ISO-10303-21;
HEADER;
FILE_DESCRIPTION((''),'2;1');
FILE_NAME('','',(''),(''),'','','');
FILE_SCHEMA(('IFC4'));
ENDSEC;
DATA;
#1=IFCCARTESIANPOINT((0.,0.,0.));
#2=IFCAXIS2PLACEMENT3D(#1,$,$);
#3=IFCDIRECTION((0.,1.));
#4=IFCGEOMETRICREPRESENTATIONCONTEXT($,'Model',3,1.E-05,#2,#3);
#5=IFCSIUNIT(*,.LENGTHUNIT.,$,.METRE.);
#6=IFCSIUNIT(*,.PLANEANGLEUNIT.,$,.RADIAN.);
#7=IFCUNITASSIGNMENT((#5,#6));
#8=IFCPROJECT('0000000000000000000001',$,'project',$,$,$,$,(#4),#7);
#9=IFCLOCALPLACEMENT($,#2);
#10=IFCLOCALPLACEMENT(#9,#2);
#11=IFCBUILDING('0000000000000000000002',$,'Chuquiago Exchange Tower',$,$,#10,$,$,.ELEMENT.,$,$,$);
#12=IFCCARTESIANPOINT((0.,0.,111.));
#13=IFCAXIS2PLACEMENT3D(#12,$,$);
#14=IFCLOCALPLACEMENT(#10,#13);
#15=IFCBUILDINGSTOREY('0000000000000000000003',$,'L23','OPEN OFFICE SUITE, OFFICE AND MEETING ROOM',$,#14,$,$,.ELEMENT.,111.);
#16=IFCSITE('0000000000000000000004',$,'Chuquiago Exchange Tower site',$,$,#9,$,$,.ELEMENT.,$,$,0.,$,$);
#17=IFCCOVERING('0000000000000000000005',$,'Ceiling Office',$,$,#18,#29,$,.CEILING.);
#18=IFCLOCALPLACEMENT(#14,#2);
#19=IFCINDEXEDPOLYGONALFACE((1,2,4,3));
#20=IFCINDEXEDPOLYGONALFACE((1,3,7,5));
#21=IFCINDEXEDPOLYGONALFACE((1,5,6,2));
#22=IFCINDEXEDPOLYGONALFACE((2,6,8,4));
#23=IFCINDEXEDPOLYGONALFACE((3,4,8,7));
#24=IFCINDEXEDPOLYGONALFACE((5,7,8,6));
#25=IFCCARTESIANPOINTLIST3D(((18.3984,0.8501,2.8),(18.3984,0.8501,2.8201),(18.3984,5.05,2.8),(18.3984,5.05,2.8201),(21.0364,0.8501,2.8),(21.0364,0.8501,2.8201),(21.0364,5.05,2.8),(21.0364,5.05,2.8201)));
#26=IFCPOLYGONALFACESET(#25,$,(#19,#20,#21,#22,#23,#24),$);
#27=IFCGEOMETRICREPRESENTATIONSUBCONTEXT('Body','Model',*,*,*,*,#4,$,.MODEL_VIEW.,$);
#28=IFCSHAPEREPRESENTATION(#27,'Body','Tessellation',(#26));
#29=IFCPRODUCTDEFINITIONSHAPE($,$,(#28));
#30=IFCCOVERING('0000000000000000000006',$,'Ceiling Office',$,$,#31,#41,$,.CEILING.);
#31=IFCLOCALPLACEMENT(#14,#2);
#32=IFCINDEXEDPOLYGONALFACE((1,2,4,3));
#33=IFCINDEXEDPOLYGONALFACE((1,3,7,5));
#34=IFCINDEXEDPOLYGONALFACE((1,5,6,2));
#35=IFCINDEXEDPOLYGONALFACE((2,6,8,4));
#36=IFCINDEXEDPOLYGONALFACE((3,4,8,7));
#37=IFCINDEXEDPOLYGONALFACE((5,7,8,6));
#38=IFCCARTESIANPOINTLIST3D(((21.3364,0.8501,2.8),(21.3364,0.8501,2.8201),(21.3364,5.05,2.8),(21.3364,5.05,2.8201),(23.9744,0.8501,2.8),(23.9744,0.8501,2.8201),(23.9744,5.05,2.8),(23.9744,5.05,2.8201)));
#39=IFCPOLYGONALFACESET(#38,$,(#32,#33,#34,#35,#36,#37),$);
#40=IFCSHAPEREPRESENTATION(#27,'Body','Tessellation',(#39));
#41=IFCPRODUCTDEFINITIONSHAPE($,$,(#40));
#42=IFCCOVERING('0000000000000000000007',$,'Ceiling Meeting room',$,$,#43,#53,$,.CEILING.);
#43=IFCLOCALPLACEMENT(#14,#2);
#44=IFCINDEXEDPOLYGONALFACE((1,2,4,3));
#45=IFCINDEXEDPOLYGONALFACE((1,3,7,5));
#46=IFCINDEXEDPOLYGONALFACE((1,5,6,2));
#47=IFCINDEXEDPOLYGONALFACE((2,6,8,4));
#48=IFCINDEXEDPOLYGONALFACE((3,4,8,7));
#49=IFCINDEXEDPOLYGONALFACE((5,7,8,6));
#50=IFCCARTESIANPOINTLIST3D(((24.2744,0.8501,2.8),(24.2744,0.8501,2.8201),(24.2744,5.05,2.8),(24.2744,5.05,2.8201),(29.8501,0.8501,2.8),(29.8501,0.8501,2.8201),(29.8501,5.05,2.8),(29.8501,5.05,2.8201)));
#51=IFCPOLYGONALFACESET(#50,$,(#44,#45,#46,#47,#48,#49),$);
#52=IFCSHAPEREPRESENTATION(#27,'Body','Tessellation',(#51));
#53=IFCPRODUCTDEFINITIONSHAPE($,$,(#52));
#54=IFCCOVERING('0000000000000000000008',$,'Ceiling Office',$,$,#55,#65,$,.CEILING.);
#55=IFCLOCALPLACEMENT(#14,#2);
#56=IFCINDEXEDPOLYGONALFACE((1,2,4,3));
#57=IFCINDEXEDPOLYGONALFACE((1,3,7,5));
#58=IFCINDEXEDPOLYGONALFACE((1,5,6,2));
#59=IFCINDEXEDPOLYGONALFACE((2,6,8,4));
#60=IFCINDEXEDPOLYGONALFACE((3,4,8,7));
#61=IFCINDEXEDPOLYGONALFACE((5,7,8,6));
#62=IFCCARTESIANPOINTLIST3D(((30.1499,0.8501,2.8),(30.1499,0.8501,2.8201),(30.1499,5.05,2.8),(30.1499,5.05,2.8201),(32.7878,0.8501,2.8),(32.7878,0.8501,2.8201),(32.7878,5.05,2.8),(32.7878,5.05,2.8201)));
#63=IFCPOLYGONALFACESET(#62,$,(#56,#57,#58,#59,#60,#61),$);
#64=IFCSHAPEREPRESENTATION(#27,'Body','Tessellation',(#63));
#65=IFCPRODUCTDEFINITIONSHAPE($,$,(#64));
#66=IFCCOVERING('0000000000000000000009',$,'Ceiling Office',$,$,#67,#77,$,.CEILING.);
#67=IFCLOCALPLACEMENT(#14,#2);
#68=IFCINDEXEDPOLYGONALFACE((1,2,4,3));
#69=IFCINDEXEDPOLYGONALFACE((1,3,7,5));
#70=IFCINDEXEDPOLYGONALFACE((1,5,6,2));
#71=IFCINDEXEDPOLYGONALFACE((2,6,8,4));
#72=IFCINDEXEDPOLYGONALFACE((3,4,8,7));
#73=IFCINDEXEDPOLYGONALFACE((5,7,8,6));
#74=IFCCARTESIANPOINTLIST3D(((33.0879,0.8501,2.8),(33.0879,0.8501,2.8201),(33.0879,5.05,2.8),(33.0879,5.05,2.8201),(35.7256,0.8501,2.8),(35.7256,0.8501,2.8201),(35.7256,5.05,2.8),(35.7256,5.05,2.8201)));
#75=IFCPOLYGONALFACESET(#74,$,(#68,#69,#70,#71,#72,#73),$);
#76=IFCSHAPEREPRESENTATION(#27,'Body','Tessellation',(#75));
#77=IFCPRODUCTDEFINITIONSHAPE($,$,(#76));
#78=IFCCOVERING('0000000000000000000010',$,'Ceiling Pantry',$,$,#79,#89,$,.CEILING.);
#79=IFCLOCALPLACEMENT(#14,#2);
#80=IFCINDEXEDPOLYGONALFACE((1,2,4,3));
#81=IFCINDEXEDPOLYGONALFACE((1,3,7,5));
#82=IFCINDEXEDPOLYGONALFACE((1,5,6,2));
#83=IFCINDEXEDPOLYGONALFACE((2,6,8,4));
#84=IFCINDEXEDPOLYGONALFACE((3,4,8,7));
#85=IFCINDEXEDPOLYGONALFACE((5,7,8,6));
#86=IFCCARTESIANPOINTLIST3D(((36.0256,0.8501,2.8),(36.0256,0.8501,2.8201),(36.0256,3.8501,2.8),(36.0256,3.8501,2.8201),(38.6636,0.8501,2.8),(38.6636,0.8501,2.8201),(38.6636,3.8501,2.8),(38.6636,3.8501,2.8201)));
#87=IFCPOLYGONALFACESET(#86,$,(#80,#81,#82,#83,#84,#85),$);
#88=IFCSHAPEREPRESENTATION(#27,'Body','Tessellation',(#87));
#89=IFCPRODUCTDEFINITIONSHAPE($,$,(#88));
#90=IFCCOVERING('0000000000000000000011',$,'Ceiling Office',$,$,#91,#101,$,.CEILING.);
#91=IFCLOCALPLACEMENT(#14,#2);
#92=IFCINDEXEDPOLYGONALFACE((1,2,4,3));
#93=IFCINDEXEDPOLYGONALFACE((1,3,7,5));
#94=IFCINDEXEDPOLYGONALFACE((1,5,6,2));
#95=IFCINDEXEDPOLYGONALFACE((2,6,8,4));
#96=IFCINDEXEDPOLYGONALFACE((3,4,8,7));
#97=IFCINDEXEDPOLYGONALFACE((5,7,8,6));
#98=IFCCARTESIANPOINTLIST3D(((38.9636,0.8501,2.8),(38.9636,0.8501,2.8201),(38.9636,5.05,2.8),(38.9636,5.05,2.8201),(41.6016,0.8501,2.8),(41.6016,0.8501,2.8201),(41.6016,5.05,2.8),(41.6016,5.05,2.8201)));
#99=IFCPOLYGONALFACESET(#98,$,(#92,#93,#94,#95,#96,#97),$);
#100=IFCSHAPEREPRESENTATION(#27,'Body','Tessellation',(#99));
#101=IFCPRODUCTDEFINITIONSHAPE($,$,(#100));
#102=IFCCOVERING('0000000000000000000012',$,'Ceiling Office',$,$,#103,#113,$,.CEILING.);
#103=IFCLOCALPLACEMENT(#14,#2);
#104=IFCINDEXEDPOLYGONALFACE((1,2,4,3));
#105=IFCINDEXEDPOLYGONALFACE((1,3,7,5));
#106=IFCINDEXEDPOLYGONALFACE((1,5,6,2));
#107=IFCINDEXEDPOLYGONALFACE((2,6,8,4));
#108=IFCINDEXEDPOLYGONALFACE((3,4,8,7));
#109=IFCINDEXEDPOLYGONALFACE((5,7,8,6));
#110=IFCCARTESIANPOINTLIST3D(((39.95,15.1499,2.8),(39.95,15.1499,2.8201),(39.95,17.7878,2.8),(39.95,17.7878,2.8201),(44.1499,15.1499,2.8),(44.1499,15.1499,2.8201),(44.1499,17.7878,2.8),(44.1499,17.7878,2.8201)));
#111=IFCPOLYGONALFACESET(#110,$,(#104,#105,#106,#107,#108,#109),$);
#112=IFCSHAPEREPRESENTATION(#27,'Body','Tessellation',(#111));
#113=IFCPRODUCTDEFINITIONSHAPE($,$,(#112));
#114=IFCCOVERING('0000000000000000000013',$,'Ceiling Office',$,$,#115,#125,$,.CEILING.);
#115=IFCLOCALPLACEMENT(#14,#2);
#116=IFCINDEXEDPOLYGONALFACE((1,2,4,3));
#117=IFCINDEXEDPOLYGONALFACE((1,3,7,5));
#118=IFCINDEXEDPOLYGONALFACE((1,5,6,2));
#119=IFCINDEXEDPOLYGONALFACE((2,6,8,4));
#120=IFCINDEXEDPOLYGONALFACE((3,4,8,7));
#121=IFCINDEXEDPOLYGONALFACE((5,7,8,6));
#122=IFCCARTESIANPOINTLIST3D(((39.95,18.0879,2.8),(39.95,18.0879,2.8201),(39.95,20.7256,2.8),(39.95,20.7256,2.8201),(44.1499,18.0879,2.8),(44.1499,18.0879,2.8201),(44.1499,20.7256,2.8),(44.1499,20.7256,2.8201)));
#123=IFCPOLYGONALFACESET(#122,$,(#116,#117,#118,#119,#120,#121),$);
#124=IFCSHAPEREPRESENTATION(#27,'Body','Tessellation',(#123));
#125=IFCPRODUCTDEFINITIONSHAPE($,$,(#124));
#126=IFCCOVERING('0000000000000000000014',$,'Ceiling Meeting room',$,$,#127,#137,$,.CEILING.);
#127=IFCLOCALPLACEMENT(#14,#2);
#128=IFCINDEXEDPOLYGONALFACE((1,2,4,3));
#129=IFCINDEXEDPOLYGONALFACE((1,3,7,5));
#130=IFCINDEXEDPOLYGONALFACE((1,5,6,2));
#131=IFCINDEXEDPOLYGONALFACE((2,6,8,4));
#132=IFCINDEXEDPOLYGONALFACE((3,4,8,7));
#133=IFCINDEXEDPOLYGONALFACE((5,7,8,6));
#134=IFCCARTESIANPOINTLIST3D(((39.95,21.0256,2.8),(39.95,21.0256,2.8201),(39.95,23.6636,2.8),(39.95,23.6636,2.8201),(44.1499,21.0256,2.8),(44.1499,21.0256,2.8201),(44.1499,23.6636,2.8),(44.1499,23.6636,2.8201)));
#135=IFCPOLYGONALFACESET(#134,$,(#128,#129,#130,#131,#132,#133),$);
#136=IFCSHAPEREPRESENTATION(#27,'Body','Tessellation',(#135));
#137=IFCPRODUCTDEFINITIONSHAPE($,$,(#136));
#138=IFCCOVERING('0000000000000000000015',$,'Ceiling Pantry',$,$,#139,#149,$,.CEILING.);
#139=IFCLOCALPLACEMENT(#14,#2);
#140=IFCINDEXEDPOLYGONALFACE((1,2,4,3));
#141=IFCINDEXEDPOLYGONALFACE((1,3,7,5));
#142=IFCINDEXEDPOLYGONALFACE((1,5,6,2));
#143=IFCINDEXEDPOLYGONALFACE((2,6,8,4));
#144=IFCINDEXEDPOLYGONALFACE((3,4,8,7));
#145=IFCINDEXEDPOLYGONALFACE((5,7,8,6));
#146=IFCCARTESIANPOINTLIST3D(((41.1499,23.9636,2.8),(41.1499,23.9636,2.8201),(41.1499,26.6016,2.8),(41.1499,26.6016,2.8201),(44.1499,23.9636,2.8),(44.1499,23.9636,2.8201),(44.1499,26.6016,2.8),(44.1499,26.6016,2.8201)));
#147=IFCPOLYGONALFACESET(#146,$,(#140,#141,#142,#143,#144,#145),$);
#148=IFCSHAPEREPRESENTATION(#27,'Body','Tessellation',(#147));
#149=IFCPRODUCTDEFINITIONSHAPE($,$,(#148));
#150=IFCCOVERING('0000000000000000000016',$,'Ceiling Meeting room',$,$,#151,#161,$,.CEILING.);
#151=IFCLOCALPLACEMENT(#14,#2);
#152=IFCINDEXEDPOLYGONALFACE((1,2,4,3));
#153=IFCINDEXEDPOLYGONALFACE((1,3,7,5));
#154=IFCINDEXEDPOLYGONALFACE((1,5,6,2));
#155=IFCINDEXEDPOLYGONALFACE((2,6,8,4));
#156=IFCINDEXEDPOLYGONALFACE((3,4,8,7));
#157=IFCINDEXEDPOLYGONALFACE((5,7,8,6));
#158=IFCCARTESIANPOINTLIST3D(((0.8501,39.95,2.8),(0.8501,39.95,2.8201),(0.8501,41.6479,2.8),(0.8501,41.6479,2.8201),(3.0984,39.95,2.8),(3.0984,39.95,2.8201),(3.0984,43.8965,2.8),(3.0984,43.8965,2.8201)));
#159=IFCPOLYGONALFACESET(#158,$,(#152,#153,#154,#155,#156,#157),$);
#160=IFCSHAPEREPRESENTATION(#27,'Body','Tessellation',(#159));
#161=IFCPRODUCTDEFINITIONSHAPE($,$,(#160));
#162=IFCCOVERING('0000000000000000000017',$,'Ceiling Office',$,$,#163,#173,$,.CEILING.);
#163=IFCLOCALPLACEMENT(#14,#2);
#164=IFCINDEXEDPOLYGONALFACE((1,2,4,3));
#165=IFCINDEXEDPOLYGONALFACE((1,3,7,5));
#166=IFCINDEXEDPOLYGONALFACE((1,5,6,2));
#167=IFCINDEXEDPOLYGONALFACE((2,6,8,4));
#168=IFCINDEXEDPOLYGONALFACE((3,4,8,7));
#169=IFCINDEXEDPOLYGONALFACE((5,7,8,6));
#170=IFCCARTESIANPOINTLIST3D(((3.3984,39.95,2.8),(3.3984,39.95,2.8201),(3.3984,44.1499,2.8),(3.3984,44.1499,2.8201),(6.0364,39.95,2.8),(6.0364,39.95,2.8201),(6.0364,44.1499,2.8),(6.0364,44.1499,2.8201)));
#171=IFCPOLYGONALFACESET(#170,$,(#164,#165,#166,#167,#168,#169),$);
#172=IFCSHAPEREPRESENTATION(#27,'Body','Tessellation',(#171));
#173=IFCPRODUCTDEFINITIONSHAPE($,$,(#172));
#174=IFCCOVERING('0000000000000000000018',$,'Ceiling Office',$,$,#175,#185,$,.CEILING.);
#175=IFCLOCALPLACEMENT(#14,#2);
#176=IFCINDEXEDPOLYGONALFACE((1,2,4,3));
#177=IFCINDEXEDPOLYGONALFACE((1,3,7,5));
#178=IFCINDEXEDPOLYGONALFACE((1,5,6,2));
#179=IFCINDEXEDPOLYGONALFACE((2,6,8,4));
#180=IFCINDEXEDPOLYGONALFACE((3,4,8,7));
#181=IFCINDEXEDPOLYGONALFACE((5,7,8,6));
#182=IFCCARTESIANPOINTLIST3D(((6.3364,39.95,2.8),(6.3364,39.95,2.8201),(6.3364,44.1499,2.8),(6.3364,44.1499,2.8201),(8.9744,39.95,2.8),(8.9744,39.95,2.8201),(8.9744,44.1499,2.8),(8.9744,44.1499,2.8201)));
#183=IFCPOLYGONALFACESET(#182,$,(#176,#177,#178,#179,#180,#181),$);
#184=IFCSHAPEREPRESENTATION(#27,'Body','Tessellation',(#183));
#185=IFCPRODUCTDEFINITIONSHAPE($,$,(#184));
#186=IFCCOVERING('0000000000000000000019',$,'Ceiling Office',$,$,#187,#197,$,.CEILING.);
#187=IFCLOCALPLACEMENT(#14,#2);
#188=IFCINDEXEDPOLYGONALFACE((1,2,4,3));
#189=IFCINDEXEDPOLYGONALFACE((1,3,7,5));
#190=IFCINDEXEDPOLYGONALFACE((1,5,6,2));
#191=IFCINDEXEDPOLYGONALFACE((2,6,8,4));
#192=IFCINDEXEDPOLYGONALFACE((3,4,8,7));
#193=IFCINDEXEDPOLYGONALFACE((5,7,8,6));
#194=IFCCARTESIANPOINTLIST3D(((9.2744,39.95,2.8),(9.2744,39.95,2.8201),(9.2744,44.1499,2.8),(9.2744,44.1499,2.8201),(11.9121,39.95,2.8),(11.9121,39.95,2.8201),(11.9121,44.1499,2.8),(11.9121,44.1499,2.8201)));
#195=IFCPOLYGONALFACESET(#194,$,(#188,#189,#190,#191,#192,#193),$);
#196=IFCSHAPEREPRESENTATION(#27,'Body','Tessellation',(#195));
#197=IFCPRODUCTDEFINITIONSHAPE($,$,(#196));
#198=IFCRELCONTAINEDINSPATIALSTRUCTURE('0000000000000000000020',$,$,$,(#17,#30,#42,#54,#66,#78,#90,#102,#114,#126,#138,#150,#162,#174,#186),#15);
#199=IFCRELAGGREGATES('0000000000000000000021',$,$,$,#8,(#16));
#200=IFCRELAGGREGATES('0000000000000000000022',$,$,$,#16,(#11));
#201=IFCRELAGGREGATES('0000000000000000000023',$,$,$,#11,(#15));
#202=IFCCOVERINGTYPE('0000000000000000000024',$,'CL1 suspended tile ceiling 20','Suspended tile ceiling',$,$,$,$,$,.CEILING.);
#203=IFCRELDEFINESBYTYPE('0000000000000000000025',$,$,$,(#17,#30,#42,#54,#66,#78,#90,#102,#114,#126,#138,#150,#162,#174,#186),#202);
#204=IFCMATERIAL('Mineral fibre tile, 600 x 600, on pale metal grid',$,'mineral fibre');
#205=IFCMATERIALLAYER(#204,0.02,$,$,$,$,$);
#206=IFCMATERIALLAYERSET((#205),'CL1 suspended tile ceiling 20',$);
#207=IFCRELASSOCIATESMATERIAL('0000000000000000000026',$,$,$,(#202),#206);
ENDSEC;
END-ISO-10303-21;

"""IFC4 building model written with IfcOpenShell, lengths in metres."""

from ifc_helpers import new_model, si_unit, direction, frame, origin, place, context, subcontext, project, spatial, polyline, outline, extrude, material, layer, layer_set, type_object, element, save


model = new_model("IFC4")

# Units and contexts
model_context = context("Model", 3, precision=1e-05, world=origin(), true_north=direction((0.0, 1.0)))
body_context = subcontext(model_context, "Body", "Model", "MODEL_VIEW")
ifc_project = project(units=[si_unit("LENGTHUNIT", "METRE"), si_unit("PLANEANGLEUNIT", "RADIAN")], contexts=[model_context])

# Site, building, storey
site_placement = place(None, origin())
site = spatial("IfcSite", under=ifc_project, at=site_placement, Name="Chuquiago Exchange Tower site", CompositionType="ELEMENT", RefElevation=0.0)
building_placement = place(site_placement, origin())
building = spatial("IfcBuilding", under=site, at=building_placement, Name="Chuquiago Exchange Tower", CompositionType="ELEMENT")
storey_placement = place(building_placement, frame((0.0, 0.0, 111.0)))
storey = spatial("IfcBuildingStorey", under=building, at=storey_placement, Name="L23", Description="OPEN OFFICE SUITE, OFFICE AND MEETING ROOM", CompositionType="ELEMENT", Elevation=111.0)

# Coverings
ifc_material_1 = material(Name="Mineral fibre tile, 600 x 600, on pale metal grid", Category="mineral fibre")
ifc_layer_1 = layer(ifc_material_1, 0.02)
ifc_layer_set_1 = layer_set([ifc_layer_1], Name="CL1 suspended tile ceiling 20")
covering_type_1 = type_object("IfcCoveringType", Name="CL1 suspended tile ceiling 20", Description="Suspended tile ceiling", PredefinedType="CEILING", material=ifc_layer_set_1)
covering_1_placement = place(storey_placement, frame((0.0, 0.0, 2.8)))
element("IfcCovering", 1, at=covering_1_placement, inside=storey, type_object=covering_type_1, Name="Ceiling Office", PredefinedType="CEILING", context=body_context, shape_type="SweptSolid", body=[
    extrude(outline(polyline([(18.3984, 5.05), (21.0364, 5.05), (21.0364, 0.8501), (18.3984, 0.8501), (18.3984, 5.05)])), origin(), (0.0, 0.0, 1.0), 0.02),
])
covering_2_placement = place(storey_placement, frame((0.0, 0.0, 2.8)))
element("IfcCovering", 2, at=covering_2_placement, inside=storey, type_object=covering_type_1, Name="Ceiling Office", PredefinedType="CEILING", context=body_context, shape_type="SweptSolid", body=[
    extrude(outline(polyline([(21.3364, 5.05), (23.9744, 5.05), (23.9744, 0.8501), (21.3364, 0.8501), (21.3364, 5.05)])), origin(), (0.0, 0.0, 1.0), 0.02),
])
covering_3_placement = place(storey_placement, frame((0.0, 0.0, 2.8)))
element("IfcCovering", 3, at=covering_3_placement, inside=storey, type_object=covering_type_1, Name="Ceiling Meeting room", PredefinedType="CEILING", context=body_context, shape_type="SweptSolid", body=[
    extrude(outline(polyline([(24.2744, 5.05), (29.8501, 5.05), (29.8501, 0.8501), (24.2744, 0.8501), (24.2744, 5.05)])), origin(), (0.0, 0.0, 1.0), 0.02),
])
covering_4_placement = place(storey_placement, frame((0.0, 0.0, 2.8)))
element("IfcCovering", 4, at=covering_4_placement, inside=storey, type_object=covering_type_1, Name="Ceiling Office", PredefinedType="CEILING", context=body_context, shape_type="SweptSolid", body=[
    extrude(outline(polyline([(30.1499, 5.05), (32.7878, 5.05), (32.7878, 0.8501), (30.1499, 0.8501), (30.1499, 5.05)])), origin(), (0.0, 0.0, 1.0), 0.02),
])
covering_5_placement = place(storey_placement, frame((0.0, 0.0, 2.8)))
element("IfcCovering", 5, at=covering_5_placement, inside=storey, type_object=covering_type_1, Name="Ceiling Office", PredefinedType="CEILING", context=body_context, shape_type="SweptSolid", body=[
    extrude(outline(polyline([(33.0879, 5.05), (35.7256, 5.05), (35.7256, 0.8501), (33.0879, 0.8501), (33.0879, 5.05)])), origin(), (0.0, 0.0, 1.0), 0.02),
])
covering_6_placement = place(storey_placement, frame((0.0, 0.0, 2.8)))
element("IfcCovering", 6, at=covering_6_placement, inside=storey, type_object=covering_type_1, Name="Ceiling Pantry", PredefinedType="CEILING", context=body_context, shape_type="SweptSolid", body=[
    extrude(outline(polyline([(36.0256, 3.8501), (38.6636, 3.8501), (38.6636, 0.8501), (36.0256, 0.8501), (36.0256, 3.8501)])), origin(), (0.0, 0.0, 1.0), 0.02),
])
covering_7_placement = place(storey_placement, frame((0.0, 0.0, 2.8)))
element("IfcCovering", 7, at=covering_7_placement, inside=storey, type_object=covering_type_1, Name="Ceiling Office", PredefinedType="CEILING", context=body_context, shape_type="SweptSolid", body=[
    extrude(outline(polyline([(38.9636, 0.8501), (38.9636, 5.05), (41.6016, 5.05), (41.6016, 0.8501), (38.9636, 0.8501)])), origin(), (0.0, 0.0, 1.0), 0.02),
])
covering_8_placement = place(storey_placement, frame((0.0, 0.0, 2.8)))
element("IfcCovering", 8, at=covering_8_placement, inside=storey, type_object=covering_type_1, Name="Ceiling Office", PredefinedType="CEILING", context=body_context, shape_type="SweptSolid", body=[
    extrude(outline(polyline([(39.95, 15.1499), (39.95, 17.7878), (44.1499, 17.7878), (44.1499, 15.1499), (39.95, 15.1499)])), origin(), (0.0, 0.0, 1.0), 0.02),
])
covering_9_placement = place(storey_placement, frame((0.0, 0.0, 2.8)))
element("IfcCovering", 9, at=covering_9_placement, inside=storey, type_object=covering_type_1, Name="Ceiling Office", PredefinedType="CEILING", context=body_context, shape_type="SweptSolid", body=[
    extrude(outline(polyline([(39.95, 18.0879), (39.95, 20.7256), (44.1499, 20.7256), (44.1499, 18.0879), (39.95, 18.0879)])), origin(), (0.0, 0.0, 1.0), 0.02),
])
covering_10_placement = place(storey_placement, frame((0.0, 0.0, 2.8)))
element("IfcCovering", 10, at=covering_10_placement, inside=storey, type_object=covering_type_1, Name="Ceiling Meeting room", PredefinedType="CEILING", context=body_context, shape_type="SweptSolid", body=[
    extrude(outline(polyline([(39.95, 21.0256), (39.95, 23.6636), (44.1499, 23.6636), (44.1499, 21.0256), (39.95, 21.0256)])), origin(), (0.0, 0.0, 1.0), 0.02),
])
covering_11_placement = place(storey_placement, frame((0.0, 0.0, 2.8)))
element("IfcCovering", 11, at=covering_11_placement, inside=storey, type_object=covering_type_1, Name="Ceiling Pantry", PredefinedType="CEILING", context=body_context, shape_type="SweptSolid", body=[
    extrude(outline(polyline([(44.1499, 23.9636), (41.1499, 23.9636), (41.1499, 26.6016), (44.1499, 26.6016), (44.1499, 23.9636)])), origin(), (0.0, 0.0, 1.0), 0.02),
])
covering_12_placement = place(storey_placement, frame((0.0, 0.0, 2.8)))
element("IfcCovering", 12, at=covering_12_placement, inside=storey, type_object=covering_type_1, Name="Ceiling Meeting room", PredefinedType="CEILING", context=body_context, shape_type="SweptSolid", body=[
    extrude(outline(polyline([(3.0984, 43.8965), (3.0984, 39.95), (0.8501, 39.95), (0.8501, 41.6479), (3.0984, 43.8965)])), origin(), (0.0, 0.0, 1.0), 0.02),
])
covering_13_placement = place(storey_placement, frame((0.0, 0.0, 2.8)))
element("IfcCovering", 13, at=covering_13_placement, inside=storey, type_object=covering_type_1, Name="Ceiling Office", PredefinedType="CEILING", context=body_context, shape_type="SweptSolid", body=[
    extrude(outline(polyline([(6.0364, 44.1499), (6.0364, 39.95), (3.3984, 39.95), (3.3984, 44.1499), (6.0364, 44.1499)])), origin(), (0.0, 0.0, 1.0), 0.02),
])
covering_14_placement = place(storey_placement, frame((0.0, 0.0, 2.8)))
element("IfcCovering", 14, at=covering_14_placement, inside=storey, type_object=covering_type_1, Name="Ceiling Office", PredefinedType="CEILING", context=body_context, shape_type="SweptSolid", body=[
    extrude(outline(polyline([(8.9744, 39.95), (6.3364, 39.95), (6.3364, 44.1499), (8.9744, 44.1499), (8.9744, 39.95)])), origin(), (0.0, 0.0, 1.0), 0.02),
])
covering_15_placement = place(storey_placement, frame((0.0, 0.0, 2.8)))
element("IfcCovering", 15, at=covering_15_placement, inside=storey, type_object=covering_type_1, Name="Ceiling Office", PredefinedType="CEILING", context=body_context, shape_type="SweptSolid", body=[
    extrude(outline(polyline([(11.9121, 39.95), (9.2744, 39.95), (9.2744, 44.1499), (11.9121, 44.1499), (11.9121, 39.95)])), origin(), (0.0, 0.0, 1.0), 0.02),
])

save(model, "model.ifc")
